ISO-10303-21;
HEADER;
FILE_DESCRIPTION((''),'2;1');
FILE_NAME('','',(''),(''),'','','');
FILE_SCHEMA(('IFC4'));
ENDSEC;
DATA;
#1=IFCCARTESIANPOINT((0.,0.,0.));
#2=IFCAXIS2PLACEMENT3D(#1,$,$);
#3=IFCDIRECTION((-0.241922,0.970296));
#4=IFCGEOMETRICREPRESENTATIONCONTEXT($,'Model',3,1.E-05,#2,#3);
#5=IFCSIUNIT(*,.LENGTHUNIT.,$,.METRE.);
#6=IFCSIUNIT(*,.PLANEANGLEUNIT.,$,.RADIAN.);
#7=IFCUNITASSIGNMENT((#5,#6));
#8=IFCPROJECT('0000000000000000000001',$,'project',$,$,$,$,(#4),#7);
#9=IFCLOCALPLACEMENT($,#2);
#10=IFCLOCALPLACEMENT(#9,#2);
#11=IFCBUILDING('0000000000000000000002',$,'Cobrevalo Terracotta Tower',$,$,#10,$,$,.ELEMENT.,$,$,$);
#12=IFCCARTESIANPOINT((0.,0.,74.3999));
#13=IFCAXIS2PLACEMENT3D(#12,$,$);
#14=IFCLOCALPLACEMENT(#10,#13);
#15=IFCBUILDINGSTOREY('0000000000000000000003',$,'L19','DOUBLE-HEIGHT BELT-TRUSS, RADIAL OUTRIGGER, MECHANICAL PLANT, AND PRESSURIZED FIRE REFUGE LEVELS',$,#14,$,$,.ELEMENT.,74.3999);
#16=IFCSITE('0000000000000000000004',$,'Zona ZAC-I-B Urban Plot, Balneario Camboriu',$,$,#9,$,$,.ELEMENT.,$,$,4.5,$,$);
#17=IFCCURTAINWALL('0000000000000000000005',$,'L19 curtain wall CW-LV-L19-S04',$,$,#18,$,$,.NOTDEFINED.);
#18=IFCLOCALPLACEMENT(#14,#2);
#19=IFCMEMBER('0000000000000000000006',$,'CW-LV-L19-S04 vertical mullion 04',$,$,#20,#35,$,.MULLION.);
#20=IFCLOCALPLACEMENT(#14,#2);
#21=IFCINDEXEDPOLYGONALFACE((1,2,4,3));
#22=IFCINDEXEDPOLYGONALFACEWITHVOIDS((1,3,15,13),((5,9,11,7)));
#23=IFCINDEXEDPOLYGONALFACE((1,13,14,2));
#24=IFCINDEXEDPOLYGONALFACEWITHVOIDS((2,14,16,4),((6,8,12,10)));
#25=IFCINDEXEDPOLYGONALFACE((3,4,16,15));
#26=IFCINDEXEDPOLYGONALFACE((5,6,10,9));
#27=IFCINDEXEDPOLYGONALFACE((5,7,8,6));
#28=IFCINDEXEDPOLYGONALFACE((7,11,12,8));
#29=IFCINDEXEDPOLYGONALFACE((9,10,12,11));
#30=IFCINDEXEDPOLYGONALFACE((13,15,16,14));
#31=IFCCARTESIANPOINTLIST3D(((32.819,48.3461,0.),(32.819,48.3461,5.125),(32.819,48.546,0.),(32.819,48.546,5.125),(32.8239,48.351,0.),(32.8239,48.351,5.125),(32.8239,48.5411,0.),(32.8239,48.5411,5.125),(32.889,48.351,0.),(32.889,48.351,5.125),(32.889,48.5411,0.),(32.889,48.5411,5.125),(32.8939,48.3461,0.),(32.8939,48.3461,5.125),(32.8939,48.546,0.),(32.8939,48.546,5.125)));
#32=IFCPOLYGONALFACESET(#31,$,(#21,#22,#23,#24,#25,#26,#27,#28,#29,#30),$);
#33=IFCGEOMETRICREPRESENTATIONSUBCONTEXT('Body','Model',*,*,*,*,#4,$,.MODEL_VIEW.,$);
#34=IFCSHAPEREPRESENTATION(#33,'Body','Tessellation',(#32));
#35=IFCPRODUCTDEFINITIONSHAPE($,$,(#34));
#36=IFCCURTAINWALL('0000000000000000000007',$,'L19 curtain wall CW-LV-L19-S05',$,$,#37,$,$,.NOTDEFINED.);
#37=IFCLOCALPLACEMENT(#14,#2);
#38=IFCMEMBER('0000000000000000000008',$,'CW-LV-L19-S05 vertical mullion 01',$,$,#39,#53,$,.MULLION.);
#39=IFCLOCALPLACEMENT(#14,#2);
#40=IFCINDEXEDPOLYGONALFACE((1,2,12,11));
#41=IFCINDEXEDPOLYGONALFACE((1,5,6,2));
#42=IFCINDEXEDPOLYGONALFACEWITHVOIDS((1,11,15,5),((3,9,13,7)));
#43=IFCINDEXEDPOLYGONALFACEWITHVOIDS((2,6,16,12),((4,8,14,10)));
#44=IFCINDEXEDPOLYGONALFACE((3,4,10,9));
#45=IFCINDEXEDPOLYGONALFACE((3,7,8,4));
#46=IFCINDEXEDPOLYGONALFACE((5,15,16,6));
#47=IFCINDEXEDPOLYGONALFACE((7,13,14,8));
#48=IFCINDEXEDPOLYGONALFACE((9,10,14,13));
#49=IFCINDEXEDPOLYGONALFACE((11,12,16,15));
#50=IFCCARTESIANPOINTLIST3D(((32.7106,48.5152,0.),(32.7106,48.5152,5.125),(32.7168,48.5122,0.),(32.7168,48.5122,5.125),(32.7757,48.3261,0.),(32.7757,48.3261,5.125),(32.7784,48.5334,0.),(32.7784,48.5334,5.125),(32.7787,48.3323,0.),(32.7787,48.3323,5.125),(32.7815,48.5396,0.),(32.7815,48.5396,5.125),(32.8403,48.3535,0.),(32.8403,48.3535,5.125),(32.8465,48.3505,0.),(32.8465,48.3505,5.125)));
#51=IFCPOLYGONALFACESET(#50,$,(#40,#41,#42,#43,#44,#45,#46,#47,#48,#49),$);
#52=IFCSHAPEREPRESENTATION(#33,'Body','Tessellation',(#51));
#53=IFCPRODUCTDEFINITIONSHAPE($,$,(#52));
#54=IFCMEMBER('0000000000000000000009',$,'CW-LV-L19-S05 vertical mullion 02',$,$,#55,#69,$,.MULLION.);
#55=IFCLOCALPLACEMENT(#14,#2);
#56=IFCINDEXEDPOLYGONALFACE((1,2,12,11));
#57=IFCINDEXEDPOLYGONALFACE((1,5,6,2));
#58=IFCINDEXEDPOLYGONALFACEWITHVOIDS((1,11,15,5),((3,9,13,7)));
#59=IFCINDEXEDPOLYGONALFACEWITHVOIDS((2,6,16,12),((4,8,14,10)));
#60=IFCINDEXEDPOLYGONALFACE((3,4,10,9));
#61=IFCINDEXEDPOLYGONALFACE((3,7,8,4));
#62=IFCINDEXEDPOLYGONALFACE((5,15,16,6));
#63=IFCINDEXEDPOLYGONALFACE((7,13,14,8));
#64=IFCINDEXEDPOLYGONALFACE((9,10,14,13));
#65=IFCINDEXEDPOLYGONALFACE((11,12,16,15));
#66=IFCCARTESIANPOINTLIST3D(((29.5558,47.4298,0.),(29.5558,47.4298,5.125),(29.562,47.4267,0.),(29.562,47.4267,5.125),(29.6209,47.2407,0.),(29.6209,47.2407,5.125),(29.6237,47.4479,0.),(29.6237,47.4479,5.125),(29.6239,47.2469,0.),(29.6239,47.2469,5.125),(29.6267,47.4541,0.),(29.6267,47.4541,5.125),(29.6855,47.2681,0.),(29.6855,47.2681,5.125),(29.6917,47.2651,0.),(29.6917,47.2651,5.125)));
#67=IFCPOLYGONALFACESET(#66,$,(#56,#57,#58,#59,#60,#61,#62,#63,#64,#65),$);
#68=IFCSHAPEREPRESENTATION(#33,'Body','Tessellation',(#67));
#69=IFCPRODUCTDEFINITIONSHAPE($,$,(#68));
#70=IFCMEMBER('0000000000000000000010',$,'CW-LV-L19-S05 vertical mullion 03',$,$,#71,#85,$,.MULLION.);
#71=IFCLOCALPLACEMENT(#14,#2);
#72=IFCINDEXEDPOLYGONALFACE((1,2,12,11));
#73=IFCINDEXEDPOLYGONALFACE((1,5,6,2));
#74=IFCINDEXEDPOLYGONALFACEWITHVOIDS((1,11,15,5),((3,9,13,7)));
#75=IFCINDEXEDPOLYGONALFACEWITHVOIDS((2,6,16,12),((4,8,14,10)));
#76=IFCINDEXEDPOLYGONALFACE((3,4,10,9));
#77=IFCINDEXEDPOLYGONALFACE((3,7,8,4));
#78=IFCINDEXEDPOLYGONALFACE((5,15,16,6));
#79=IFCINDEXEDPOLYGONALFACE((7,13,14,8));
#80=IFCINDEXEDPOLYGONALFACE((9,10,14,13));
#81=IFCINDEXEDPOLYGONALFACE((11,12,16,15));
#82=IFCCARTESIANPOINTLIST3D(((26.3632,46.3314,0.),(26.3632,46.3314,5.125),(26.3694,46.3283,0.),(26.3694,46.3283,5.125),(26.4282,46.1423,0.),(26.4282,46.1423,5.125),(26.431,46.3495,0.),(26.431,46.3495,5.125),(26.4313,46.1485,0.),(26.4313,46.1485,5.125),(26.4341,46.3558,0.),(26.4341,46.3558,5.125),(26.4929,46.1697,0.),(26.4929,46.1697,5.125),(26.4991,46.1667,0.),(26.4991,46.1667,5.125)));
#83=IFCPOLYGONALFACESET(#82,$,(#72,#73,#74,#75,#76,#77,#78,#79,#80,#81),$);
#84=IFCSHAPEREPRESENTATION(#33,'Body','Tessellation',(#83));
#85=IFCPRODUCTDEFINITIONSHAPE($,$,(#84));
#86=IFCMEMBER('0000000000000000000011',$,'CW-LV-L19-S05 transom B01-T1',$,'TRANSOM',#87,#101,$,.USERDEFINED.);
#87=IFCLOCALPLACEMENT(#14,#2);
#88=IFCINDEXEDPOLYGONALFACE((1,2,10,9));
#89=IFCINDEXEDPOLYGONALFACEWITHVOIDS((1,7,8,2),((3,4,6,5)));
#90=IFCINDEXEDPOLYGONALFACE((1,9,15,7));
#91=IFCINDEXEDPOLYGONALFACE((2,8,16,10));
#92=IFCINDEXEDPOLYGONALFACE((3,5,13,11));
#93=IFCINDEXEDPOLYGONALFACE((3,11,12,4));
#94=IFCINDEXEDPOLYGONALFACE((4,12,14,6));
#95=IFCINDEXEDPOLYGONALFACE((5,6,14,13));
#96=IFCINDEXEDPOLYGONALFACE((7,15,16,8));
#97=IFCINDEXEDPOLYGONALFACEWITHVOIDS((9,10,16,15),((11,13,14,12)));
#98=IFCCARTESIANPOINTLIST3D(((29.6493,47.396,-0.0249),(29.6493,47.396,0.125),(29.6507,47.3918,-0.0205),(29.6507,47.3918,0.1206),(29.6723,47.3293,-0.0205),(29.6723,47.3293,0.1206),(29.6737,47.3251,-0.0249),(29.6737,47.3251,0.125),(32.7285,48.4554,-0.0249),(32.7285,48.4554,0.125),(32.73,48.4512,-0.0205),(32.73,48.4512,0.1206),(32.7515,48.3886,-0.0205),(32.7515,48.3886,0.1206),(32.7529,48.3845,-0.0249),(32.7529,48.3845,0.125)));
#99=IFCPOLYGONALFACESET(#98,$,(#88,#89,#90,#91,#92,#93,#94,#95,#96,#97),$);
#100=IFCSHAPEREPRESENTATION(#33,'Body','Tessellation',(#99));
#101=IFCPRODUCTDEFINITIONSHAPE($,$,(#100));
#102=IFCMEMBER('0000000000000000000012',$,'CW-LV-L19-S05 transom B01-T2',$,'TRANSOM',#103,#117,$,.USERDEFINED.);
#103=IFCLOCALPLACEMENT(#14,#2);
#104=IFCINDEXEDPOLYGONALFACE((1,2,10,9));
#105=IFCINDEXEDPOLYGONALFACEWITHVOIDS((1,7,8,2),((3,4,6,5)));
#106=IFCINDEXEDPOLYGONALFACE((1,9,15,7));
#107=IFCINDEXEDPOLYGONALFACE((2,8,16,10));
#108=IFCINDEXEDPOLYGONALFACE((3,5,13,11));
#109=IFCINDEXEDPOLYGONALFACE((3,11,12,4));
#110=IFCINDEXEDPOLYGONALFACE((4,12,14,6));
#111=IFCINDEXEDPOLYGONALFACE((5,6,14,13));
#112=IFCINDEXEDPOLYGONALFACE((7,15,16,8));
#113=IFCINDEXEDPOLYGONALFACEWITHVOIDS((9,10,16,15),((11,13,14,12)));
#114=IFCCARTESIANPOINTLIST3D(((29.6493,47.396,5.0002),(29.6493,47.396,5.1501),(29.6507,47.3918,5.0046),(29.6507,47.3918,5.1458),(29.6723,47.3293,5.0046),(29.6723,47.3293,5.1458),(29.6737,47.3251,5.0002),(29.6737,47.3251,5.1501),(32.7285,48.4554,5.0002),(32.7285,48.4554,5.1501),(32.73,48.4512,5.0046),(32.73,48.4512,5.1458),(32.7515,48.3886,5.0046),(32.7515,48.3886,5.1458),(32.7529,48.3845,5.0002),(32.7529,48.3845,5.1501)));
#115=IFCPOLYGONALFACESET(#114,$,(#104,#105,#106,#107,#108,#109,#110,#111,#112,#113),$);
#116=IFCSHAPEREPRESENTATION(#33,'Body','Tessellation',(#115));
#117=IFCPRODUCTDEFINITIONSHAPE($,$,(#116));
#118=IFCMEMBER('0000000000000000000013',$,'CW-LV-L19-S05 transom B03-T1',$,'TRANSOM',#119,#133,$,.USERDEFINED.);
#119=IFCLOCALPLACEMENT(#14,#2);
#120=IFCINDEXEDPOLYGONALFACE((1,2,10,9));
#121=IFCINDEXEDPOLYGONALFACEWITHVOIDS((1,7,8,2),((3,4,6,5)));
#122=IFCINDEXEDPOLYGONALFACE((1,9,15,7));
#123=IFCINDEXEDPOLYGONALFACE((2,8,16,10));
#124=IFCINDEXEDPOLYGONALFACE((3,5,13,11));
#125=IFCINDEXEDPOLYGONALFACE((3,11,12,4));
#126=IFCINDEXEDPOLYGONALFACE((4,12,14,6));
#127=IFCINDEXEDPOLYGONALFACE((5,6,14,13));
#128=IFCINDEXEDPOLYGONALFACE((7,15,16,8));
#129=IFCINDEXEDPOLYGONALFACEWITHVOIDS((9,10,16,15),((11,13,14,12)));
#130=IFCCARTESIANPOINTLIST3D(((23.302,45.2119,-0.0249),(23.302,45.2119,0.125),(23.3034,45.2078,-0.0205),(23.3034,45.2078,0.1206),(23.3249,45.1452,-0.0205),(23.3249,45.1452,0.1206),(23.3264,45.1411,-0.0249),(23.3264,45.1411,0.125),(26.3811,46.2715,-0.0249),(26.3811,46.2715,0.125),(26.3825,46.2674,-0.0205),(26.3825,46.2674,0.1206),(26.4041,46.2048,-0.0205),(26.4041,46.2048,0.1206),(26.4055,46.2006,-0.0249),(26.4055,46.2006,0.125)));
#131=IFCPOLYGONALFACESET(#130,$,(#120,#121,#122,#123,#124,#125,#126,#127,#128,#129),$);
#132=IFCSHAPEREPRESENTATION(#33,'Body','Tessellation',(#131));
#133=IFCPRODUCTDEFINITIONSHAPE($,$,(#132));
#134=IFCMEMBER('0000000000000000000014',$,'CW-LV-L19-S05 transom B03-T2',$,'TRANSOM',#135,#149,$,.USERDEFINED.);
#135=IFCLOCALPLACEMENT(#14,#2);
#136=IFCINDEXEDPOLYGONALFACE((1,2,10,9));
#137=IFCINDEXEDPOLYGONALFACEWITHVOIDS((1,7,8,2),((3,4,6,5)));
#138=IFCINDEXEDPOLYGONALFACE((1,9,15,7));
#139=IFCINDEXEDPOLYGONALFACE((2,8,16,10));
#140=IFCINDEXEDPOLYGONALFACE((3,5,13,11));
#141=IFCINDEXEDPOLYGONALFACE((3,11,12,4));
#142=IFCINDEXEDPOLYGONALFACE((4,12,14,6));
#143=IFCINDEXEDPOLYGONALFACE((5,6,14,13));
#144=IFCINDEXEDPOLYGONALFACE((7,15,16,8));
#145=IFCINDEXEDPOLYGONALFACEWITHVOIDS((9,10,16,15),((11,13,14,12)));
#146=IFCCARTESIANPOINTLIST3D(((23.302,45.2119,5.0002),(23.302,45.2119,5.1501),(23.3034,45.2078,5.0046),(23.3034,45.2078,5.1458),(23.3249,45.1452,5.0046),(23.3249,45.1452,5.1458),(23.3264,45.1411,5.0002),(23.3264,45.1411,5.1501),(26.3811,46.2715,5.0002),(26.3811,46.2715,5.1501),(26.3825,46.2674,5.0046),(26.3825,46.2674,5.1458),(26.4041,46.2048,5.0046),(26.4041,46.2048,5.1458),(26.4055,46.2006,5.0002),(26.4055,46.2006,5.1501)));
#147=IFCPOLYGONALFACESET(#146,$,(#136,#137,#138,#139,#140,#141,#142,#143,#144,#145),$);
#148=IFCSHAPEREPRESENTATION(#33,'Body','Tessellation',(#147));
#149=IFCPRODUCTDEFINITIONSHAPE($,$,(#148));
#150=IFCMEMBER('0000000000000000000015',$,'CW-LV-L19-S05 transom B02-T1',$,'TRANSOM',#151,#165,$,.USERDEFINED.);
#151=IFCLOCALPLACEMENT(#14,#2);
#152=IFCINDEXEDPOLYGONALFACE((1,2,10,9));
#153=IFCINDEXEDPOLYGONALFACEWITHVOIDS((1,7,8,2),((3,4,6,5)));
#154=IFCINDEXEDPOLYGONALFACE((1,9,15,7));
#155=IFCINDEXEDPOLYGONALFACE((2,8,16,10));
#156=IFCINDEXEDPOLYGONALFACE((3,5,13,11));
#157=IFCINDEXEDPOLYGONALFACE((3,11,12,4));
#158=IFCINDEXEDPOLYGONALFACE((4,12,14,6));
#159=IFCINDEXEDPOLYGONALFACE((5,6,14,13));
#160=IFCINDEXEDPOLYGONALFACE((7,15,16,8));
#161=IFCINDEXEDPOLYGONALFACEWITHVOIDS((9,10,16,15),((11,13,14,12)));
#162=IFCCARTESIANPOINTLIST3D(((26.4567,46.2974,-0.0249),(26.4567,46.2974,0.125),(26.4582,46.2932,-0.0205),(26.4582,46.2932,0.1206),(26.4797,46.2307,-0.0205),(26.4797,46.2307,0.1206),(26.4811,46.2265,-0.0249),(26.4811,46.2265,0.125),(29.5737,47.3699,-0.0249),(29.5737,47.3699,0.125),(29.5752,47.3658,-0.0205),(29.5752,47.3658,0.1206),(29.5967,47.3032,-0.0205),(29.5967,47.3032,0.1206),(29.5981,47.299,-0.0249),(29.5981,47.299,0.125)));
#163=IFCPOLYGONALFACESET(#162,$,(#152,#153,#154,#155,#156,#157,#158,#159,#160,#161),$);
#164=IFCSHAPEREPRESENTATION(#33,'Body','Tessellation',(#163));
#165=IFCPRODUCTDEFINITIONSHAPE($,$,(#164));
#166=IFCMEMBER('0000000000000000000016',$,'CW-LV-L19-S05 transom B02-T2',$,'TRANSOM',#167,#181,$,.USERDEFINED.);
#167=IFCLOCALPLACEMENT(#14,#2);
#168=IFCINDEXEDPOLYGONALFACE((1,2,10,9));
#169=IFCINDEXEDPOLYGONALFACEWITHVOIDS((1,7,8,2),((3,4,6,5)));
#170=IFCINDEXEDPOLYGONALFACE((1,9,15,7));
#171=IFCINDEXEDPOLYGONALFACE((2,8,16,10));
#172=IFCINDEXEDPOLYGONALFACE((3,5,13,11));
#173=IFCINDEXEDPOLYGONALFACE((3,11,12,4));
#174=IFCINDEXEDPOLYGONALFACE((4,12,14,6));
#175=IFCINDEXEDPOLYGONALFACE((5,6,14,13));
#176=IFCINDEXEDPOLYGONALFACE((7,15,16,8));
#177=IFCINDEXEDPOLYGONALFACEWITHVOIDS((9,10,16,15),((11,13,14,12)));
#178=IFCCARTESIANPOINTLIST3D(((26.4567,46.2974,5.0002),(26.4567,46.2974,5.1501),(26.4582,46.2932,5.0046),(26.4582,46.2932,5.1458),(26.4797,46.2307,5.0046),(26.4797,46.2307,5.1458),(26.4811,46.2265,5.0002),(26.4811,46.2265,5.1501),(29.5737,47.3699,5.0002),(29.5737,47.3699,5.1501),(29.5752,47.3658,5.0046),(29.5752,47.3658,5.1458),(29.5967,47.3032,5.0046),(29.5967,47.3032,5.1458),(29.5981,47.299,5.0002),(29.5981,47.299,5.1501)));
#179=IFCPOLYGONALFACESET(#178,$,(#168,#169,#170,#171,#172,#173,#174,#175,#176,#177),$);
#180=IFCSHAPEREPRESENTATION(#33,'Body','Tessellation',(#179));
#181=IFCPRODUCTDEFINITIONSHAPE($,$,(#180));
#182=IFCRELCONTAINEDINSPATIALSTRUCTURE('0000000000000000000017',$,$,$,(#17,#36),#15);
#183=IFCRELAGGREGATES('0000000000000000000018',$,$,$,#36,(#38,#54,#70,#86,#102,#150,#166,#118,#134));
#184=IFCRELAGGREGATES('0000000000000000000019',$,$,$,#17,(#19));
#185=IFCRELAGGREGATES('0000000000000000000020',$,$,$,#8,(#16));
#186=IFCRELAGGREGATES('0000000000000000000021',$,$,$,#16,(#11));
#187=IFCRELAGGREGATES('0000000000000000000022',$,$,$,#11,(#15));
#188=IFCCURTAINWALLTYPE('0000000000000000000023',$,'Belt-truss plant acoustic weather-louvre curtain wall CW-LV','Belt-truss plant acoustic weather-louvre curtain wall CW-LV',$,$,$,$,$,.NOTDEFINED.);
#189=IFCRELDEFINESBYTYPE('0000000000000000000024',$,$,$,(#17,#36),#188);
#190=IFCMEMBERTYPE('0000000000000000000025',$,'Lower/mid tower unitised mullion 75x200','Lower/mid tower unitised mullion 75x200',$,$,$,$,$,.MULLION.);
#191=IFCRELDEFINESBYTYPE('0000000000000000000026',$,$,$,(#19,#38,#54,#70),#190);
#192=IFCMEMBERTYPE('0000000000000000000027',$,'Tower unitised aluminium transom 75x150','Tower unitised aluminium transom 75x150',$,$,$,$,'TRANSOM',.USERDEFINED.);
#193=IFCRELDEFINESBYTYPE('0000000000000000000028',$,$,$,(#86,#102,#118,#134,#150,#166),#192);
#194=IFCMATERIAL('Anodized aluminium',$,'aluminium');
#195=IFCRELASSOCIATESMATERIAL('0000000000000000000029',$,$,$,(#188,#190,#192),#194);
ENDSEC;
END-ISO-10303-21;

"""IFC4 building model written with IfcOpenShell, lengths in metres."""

from ifc_helpers import new_model, si_unit, direction, frame, origin, origin_2d, place, context, subcontext, project, spatial, hollow_rectangle, extrude, source, transform, mapped, material, material_profile, profile_set, type_object, element, aggregate, save


model = new_model("IFC4")

# Units and contexts
model_context = context("Model", 3, precision=1e-05, world=origin(), true_north=direction((-0.241922, 0.970296)))
body_context = subcontext(model_context, "Body", "Model", "MODEL_VIEW")
ifc_project = project(units=[si_unit("LENGTHUNIT", "METRE"), si_unit("PLANEANGLEUNIT", "RADIAN")], contexts=[model_context])

# Site, building, storey
site_placement = place(None, origin())
site = spatial("IfcSite", under=ifc_project, at=site_placement, Name="Zona ZAC-I-B Urban Plot, Balneario Camboriu", CompositionType="ELEMENT", RefElevation=4.5)
building_placement = place(site_placement, origin())
building = spatial("IfcBuilding", under=site, at=building_placement, Name="Cobrevalo Terracotta Tower", CompositionType="ELEMENT")
storey_placement = place(building_placement, frame((0.0, 0.0, 74.3999)))
storey = spatial("IfcBuildingStorey", under=building, at=storey_placement, Name="L19", Description="DOUBLE-HEIGHT BELT-TRUSS, RADIAL OUTRIGGER, MECHANICAL PLANT, AND PRESSURIZED FIRE REFUGE LEVELS", CompositionType="ELEMENT", Elevation=74.3999)

# Curtain walls, members
ifc_material_1 = material(Name="Anodized aluminium", Category="aluminium")
curtain_wall_type = type_object("IfcCurtainWallType", Name="Belt-truss plant acoustic weather-louvre curtain wall CW-LV", Description="Belt-truss plant acoustic weather-louvre curtain wall CW-LV", PredefinedType="NOTDEFINED", material=ifc_material_1)
curtain_wall_1_placement = place(storey_placement, origin())
curtain_wall_1 = element("IfcCurtainWall", 1, at=curtain_wall_1_placement, inside=storey, type_object=curtain_wall_type, Name="L19 curtain wall CW-LV-L19-S04", PredefinedType="NOTDEFINED")
ifc_material_profile_1 = material_profile(ifc_material_1, hollow_rectangle(XDim=0.075, YDim=0.2, WallThickness=0.0049, at=origin_2d()), Name="CWM 75x200")
ifc_profile_set_1 = profile_set([ifc_material_profile_1], Name="Anodized aluminium")
member_type_1 = type_object("IfcMemberType", Name="Lower/mid tower unitised mullion 75x200", Description="Lower/mid tower unitised mullion 75x200", PredefinedType="MULLION", material=ifc_profile_set_1)
shared_shape_1 = source(origin(), body_context, "Body", "SweptSolid", [
    extrude(hollow_rectangle(XDim=0.075, YDim=0.2, WallThickness=0.0049, at=origin_2d()), origin(), (0.0, 0.0, 1.0), 5.125),
])
member_1_placement = place(storey_placement, frame((32.8564, 48.446, 0.0), z_axis=(0.0, 0.0, 1.0), x_axis=(-1.0, 0.0, 0.0)))
member_1 = element("IfcMember", 2, at=member_1_placement, type_object=member_type_1, Name="CW-LV-L19-S04 vertical mullion 04", PredefinedType="MULLION", context=body_context, shape_type="MappedRepresentation", body=[
    mapped(shared_shape_1, transform((0.0, 0.0, 0.0), scale=1.0)),
])
curtain_wall_2_placement = place(storey_placement, origin())
curtain_wall_2 = element("IfcCurtainWall", 3, at=curtain_wall_2_placement, inside=storey, type_object=curtain_wall_type, Name="L19 curtain wall CW-LV-L19-S05", PredefinedType="NOTDEFINED")
member_2_placement = place(storey_placement, frame((32.7786, 48.4329, 0.0), z_axis=(0.0, 0.0, 1.0), x_axis=(-0.945598, -0.325337, 0.0)))
member_2 = element("IfcMember", 4, at=member_2_placement, type_object=member_type_1, Name="CW-LV-L19-S05 vertical mullion 01", PredefinedType="MULLION", context=body_context, shape_type="MappedRepresentation", body=[
    mapped(shared_shape_1, transform((0.0, 0.0, 0.0), scale=1.0)),
])
member_3_placement = place(storey_placement, frame((29.6238, 47.3474, 0.0), z_axis=(0.0, 0.0, 1.0), x_axis=(-0.945598, -0.325337, 0.0)))
member_3 = element("IfcMember", 5, at=member_3_placement, type_object=member_type_1, Name="CW-LV-L19-S05 vertical mullion 02", PredefinedType="MULLION", context=body_context, shape_type="MappedRepresentation", body=[
    mapped(shared_shape_1, transform((0.0, 0.0, 0.0), scale=1.0)),
])
member_4_placement = place(storey_placement, frame((26.4312, 46.249, 0.0), z_axis=(0.0, 0.0, 1.0), x_axis=(-0.945598, -0.325337, 0.0)))
member_4 = element("IfcMember", 6, at=member_4_placement, type_object=member_type_1, Name="CW-LV-L19-S05 vertical mullion 03", PredefinedType="MULLION", context=body_context, shape_type="MappedRepresentation", body=[
    mapped(shared_shape_1, transform((0.0, 0.0, 0.0), scale=1.0)),
])
ifc_material_profile_2 = material_profile(ifc_material_1, hollow_rectangle(XDim=0.075, YDim=0.1499, WallThickness=0.0044, at=origin_2d()), Name="CWT 75x150")
ifc_profile_set_2 = profile_set([ifc_material_profile_2], Name="Anodized aluminium")
member_type_2 = type_object("IfcMemberType", Name="Tower unitised aluminium transom 75x150", Description="Tower unitised aluminium transom 75x150", ElementType="TRANSOM", PredefinedType="USERDEFINED", material=ifc_profile_set_2)
shared_shape_2 = source(origin(), body_context, "Body", "SweptSolid", [
    extrude(hollow_rectangle(XDim=0.075, YDim=0.1499, WallThickness=0.0044, at=origin_2d()), origin(), (0.0, 0.0, 1.0), 3.2563),
])
member_5_placement = place(storey_placement, frame((32.7407, 48.4199, 0.05), z_axis=(-0.945603, -0.325323, 0.0), x_axis=(0.325323, -0.945603, 0.0)))
member_5 = element("IfcMember", 7, at=member_5_placement, type_object=member_type_2, Name="CW-LV-L19-S05 transom B01-T1", ObjectType="TRANSOM", PredefinedType="USERDEFINED", context=body_context, shape_type="MappedRepresentation", body=[
    mapped(shared_shape_2, transform((0.0, 0.0, 0.0), scale=1.0)),
])
member_6_placement = place(storey_placement, frame((32.7407, 48.4199, 5.0752), z_axis=(-0.945603, -0.325323, 0.0), x_axis=(0.325323, -0.945603, 0.0)))
member_6 = element("IfcMember", 8, at=member_6_placement, type_object=member_type_2, Name="CW-LV-L19-S05 transom B01-T2", ObjectType="TRANSOM", PredefinedType="USERDEFINED", context=body_context, shape_type="MappedRepresentation", body=[
    mapped(shared_shape_2, transform((0.0, 0.0, 0.0), scale=1.0)),
])
member_7_placement = place(storey_placement, frame((26.3933, 46.2361, 0.05), z_axis=(-0.94558, -0.32539, 0.0), x_axis=(0.32539, -0.94558, 0.0)))
member_7 = element("IfcMember", 9, at=member_7_placement, type_object=member_type_2, Name="CW-LV-L19-S05 transom B03-T1", ObjectType="TRANSOM", PredefinedType="USERDEFINED", context=body_context, shape_type="MappedRepresentation", body=[
    mapped(shared_shape_2, transform((0.0, 0.0, 0.0), scale=1.0)),
])
member_8_placement = place(storey_placement, frame((26.3933, 46.2361, 5.0752), z_axis=(-0.94558, -0.32539, 0.0), x_axis=(0.32539, -0.94558, 0.0)))
member_8 = element("IfcMember", 10, at=member_8_placement, type_object=member_type_2, Name="CW-LV-L19-S05 transom B03-T2", ObjectType="TRANSOM", PredefinedType="USERDEFINED", context=body_context, shape_type="MappedRepresentation", body=[
    mapped(shared_shape_2, transform((0.0, 0.0, 0.0), scale=1.0)),
])
shared_shape_3 = source(origin(), body_context, "Body", "SweptSolid", [
    extrude(hollow_rectangle(XDim=0.075, YDim=0.1499, WallThickness=0.0044, at=origin_2d()), origin(), (0.0, 0.0, 1.0), 3.2964),
])
member_9_placement = place(storey_placement, frame((29.5859, 47.3345, 0.05), z_axis=(-0.945588, -0.325367, 0.0), x_axis=(0.325367, -0.945588, 0.0)))
member_9 = element("IfcMember", 11, at=member_9_placement, type_object=member_type_2, Name="CW-LV-L19-S05 transom B02-T1", ObjectType="TRANSOM", PredefinedType="USERDEFINED", context=body_context, shape_type="MappedRepresentation", body=[
    mapped(shared_shape_3, transform((0.0, 0.0, 0.0), scale=1.0)),
])
member_10_placement = place(storey_placement, frame((29.5859, 47.3345, 5.0752), z_axis=(-0.945588, -0.325367, 0.0), x_axis=(0.325367, -0.945588, 0.0)))
member_10 = element("IfcMember", 12, at=member_10_placement, type_object=member_type_2, Name="CW-LV-L19-S05 transom B02-T2", ObjectType="TRANSOM", PredefinedType="USERDEFINED", context=body_context, shape_type="MappedRepresentation", body=[
    mapped(shared_shape_3, transform((0.0, 0.0, 0.0), scale=1.0)),
])

aggregate(curtain_wall_2, [member_2, member_3, member_4, member_5, member_6, member_9, member_10, member_7, member_8])
aggregate(curtain_wall_1, [member_1])

save(model, "model.ifc")
